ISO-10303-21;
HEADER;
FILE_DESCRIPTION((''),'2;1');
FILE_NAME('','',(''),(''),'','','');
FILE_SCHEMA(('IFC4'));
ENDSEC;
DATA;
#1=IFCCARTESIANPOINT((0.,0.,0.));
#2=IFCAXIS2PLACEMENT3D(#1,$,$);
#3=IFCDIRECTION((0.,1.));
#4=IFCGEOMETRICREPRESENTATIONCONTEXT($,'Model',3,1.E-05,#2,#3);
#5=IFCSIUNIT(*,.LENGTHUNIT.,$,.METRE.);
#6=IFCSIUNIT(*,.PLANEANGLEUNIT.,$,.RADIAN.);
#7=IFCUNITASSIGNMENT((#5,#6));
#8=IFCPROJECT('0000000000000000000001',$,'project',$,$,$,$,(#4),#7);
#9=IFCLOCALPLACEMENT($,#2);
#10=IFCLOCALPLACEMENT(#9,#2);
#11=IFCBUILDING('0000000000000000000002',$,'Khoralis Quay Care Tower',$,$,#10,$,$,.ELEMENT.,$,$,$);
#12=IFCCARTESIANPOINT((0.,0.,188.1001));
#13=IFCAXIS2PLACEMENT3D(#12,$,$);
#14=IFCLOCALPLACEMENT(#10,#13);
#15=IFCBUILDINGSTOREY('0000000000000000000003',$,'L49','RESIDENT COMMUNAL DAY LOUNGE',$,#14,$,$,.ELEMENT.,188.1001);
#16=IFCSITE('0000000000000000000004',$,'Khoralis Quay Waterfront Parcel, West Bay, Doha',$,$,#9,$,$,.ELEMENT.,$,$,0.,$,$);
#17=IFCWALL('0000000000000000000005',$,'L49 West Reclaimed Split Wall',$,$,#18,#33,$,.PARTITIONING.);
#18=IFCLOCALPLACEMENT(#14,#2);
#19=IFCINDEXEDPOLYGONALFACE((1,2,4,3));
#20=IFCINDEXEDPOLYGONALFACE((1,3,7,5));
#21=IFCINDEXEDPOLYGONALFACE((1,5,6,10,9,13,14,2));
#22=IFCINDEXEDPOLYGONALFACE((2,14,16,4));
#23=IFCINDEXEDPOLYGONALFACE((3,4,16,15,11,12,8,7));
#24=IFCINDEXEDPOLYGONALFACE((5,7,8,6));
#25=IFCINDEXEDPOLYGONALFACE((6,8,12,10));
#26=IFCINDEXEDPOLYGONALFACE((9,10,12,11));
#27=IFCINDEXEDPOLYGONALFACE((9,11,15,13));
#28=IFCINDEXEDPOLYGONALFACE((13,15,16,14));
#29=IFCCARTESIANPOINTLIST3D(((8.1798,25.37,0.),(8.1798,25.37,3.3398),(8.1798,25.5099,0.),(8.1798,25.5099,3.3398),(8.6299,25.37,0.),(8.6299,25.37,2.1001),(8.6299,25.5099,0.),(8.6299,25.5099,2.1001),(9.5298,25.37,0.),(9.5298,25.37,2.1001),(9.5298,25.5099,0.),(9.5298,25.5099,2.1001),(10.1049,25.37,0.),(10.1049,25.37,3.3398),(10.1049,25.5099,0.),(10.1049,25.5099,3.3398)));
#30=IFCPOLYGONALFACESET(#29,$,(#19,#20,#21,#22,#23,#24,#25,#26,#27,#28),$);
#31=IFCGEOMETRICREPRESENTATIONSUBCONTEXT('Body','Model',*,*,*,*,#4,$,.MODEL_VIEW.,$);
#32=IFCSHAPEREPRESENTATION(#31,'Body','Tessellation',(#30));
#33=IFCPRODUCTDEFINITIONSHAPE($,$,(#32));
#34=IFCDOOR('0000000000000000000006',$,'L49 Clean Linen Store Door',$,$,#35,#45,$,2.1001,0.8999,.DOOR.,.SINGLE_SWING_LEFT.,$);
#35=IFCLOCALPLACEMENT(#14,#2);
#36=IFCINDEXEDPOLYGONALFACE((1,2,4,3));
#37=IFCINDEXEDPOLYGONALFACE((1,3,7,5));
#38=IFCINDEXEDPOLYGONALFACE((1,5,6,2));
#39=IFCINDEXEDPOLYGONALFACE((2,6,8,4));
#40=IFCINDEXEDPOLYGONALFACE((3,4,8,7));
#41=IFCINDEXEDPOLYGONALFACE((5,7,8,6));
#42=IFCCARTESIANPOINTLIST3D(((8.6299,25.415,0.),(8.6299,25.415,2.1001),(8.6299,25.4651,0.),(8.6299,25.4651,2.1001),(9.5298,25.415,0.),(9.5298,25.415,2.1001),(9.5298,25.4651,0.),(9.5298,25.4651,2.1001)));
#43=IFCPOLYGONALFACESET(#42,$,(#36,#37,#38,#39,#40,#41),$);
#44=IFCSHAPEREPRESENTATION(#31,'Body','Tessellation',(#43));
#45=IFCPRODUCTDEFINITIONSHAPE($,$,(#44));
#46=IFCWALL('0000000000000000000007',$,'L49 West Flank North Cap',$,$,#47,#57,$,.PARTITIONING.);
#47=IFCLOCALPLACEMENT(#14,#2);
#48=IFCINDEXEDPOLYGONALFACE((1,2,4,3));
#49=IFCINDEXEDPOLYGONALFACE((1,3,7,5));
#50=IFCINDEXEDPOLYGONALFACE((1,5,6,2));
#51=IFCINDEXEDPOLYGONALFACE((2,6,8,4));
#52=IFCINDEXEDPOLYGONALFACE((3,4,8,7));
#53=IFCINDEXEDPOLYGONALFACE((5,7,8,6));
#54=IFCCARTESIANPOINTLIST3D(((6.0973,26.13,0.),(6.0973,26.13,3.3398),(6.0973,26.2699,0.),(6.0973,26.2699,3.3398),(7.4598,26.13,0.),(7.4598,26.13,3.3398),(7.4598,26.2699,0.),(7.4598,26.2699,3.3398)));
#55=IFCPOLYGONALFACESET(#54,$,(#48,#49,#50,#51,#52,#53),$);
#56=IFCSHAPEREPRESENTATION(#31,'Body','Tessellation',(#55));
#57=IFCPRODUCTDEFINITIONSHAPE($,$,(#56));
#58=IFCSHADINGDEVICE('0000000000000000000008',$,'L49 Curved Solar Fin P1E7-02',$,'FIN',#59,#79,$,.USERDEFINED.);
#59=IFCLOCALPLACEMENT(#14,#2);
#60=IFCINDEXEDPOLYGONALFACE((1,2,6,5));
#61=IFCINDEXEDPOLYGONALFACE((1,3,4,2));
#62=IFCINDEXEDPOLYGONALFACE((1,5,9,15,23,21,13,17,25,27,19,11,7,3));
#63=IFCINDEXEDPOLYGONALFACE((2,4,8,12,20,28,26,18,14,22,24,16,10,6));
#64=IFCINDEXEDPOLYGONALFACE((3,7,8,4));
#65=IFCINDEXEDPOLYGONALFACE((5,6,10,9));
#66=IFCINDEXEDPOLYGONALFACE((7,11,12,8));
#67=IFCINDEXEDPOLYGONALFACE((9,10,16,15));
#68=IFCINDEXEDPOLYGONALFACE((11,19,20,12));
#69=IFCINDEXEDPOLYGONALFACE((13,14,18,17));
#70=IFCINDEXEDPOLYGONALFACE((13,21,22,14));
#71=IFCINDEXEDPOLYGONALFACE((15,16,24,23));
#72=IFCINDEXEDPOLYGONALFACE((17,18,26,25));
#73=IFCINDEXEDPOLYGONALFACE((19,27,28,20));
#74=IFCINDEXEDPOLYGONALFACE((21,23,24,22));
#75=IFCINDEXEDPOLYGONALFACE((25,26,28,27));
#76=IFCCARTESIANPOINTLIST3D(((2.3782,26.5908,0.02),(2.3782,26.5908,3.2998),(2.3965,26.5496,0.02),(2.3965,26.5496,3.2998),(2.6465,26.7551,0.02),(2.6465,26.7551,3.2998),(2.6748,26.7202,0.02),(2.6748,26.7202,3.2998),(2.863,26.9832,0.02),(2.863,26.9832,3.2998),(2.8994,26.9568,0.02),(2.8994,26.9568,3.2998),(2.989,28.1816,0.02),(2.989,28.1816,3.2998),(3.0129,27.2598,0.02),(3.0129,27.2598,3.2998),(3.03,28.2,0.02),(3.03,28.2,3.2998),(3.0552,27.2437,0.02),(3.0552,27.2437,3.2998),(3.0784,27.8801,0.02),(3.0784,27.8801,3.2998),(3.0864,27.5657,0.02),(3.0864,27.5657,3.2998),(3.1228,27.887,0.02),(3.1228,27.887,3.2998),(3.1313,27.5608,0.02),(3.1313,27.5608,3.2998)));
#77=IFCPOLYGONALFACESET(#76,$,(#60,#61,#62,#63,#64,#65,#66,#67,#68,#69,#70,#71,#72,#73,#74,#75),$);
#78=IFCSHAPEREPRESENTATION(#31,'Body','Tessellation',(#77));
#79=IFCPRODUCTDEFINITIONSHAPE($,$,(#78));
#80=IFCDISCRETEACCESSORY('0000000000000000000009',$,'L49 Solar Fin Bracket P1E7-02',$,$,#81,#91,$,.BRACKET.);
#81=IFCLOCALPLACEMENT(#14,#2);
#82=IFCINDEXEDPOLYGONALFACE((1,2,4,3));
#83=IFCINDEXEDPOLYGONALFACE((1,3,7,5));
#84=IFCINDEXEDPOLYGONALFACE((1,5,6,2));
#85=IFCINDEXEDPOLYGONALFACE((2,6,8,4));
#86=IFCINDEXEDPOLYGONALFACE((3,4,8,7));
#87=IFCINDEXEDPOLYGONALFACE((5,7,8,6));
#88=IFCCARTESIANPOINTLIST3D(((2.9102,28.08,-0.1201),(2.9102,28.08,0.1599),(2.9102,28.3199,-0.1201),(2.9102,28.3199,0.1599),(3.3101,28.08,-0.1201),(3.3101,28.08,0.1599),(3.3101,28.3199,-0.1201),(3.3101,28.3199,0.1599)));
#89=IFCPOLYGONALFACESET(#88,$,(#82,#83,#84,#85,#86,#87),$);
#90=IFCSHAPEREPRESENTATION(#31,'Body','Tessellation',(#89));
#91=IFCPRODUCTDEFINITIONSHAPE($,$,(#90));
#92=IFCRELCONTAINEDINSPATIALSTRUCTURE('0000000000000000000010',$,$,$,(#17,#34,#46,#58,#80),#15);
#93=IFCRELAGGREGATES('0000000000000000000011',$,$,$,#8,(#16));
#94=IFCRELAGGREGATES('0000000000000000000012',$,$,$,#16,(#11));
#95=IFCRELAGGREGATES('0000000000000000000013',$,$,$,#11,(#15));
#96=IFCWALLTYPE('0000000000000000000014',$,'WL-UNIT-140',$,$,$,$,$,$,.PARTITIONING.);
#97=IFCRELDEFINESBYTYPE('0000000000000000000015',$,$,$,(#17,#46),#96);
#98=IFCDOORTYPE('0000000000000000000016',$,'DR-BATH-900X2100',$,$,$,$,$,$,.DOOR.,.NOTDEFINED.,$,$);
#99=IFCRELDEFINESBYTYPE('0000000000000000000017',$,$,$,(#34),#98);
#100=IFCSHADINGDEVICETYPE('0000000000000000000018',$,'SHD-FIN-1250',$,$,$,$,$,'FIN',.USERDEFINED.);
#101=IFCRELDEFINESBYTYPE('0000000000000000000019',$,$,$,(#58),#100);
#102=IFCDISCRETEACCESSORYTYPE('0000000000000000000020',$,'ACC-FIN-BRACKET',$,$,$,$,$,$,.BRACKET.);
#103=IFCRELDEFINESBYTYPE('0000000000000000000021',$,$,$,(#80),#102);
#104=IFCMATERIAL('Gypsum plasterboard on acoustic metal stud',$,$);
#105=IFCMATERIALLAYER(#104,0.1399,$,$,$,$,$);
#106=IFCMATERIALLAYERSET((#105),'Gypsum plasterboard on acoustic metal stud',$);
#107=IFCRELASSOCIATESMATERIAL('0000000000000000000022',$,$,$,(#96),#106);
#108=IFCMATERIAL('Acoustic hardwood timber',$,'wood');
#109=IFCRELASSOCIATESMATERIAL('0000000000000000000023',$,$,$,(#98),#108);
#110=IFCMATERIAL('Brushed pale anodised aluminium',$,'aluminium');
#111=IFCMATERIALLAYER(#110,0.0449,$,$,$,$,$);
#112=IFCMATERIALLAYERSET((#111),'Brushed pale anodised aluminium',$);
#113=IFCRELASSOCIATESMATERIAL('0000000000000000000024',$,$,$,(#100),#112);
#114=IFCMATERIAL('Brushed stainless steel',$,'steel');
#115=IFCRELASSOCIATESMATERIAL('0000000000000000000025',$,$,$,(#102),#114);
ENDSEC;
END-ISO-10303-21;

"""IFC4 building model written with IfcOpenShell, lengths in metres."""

from ifc_helpers import new_model, si_unit, direction, frame, frame_2d, origin, origin_2d, place, context, subcontext, project, spatial, polyline, rectangle, outline, extrude, source, transform, mapped, material, layer, layer_set, type_object, element, fill, save


model = new_model("IFC4")

# Units and contexts
model_context = context("Model", 3, precision=1e-05, world=origin(), true_north=direction((0.0, 1.0)))
body_context = subcontext(model_context, "Body", "Model", "MODEL_VIEW")
ifc_project = project(units=[si_unit("LENGTHUNIT", "METRE"), si_unit("PLANEANGLEUNIT", "RADIAN")], contexts=[model_context])

# Site, building, storey
site_placement = place(None, origin())
site = spatial("IfcSite", under=ifc_project, at=site_placement, Name="Khoralis Quay Waterfront Parcel, West Bay, Doha", CompositionType="ELEMENT", RefElevation=0.0)
building_placement = place(site_placement, origin())
building = spatial("IfcBuilding", under=site, at=building_placement, Name="Khoralis Quay Care Tower", CompositionType="ELEMENT")
storey_placement = place(building_placement, frame((0.0, 0.0, 188.1001)))
storey = spatial("IfcBuildingStorey", under=building, at=storey_placement, Name="L49", Description="RESIDENT COMMUNAL DAY LOUNGE", CompositionType="ELEMENT", Elevation=188.1001)

# Shared definitions
ifc_material_1 = material(Name="Brushed stainless steel", Category="steel")
ifc_material_2 = material(Name="Acoustic hardwood timber", Category="wood")

# Shared definitions
ifc_material_3 = material(Name="Gypsum plasterboard on acoustic metal stud")

# Wall, opening, door
ifc_layer_1 = layer(ifc_material_3, 0.1399)
ifc_layer_set_1 = layer_set([ifc_layer_1], Name="Gypsum plasterboard on acoustic metal stud")
wall_type_1 = type_object("IfcWallType", Name="WL-UNIT-140", PredefinedType="PARTITIONING", material=ifc_layer_set_1)
wall_1_placement = place(storey_placement, frame((8.1799, 25.4399, 0.0), z_axis=(0.0, 0.0, 1.0), x_axis=(1.0, 0.0, 0.0)))
wall_1 = element("IfcWall", 1, at=wall_1_placement, inside=storey, type_object=wall_type_1, Name="L49 West Reclaimed Split Wall", PredefinedType="PARTITIONING", context=body_context, shape_type="SweptSolid", body=[
    extrude(rectangle(XDim=1.925, YDim=0.1399, at=frame_2d((0.9624, 0.0))), origin(), (0.0, 0.0, 1.0), 3.3398),
])
opening_1_placement = place(wall_1_placement, frame((0.45, 0.0, 0.0)))
opening_1 = element("IfcOpeningElement", 2, at=opening_1_placement, cuts=wall_1, PredefinedType="OPENING", context=body_context, shape_type="SweptSolid", body=[
    extrude(rectangle(XDim=0.8999, YDim=2.1001, at=frame_2d((0.45, 1.05))), frame((0.0, 0.0801, 0.0), z_axis=(0.0, -1.0, 0.0), x_axis=(1.0, 0.0, 0.0)), (0.0, 0.0, 1.0), 0.1599),
])
door_type_1 = type_object("IfcDoorType", Name="DR-BATH-900X2100", OperationType="NOTDEFINED", PredefinedType="DOOR", material=ifc_material_2)
shared_shape_1 = source(origin(), body_context, "Body", "SweptSolid", [
    extrude(rectangle(XDim=0.8999, YDim=2.1001, at=frame_2d((0.45, 1.05))), frame((0.0, 0.0249, 0.0), z_axis=(0.0, -1.0, 0.0), x_axis=(1.0, 0.0, 0.0)), (0.0, 0.0, 1.0), 0.05),
])
door_1_placement = place(opening_1_placement, frame((0.8999, 0.0, 0.0), z_axis=(0.0, 0.0, 1.0), x_axis=(-1.0, 0.0, 0.0)))
door_1 = element("IfcDoor", 3, at=door_1_placement, inside=storey, type_object=door_type_1, Name="L49 Clean Linen Store Door", OperationType="SINGLE_SWING_LEFT", OverallHeight=2.1001, OverallWidth=0.8999, PredefinedType="DOOR", context=body_context, shape_type="MappedRepresentation", body=[
    mapped(shared_shape_1, transform((0.0, 0.0, 0.0), scale=1.0)),
])
fill(opening_1, door_1)

# Wall
wall_2_placement = place(storey_placement, frame((6.0974, 26.2, 0.0), z_axis=(0.0, 0.0, 1.0), x_axis=(1.0, 0.0, 0.0)))
element("IfcWall", 4, at=wall_2_placement, inside=storey, type_object=wall_type_1, Name="L49 West Flank North Cap", PredefinedType="PARTITIONING", context=body_context, shape_type="SweptSolid", body=[
    extrude(rectangle(XDim=1.3625, YDim=0.1399, at=frame_2d((0.6812, 0.0))), origin(), (0.0, 0.0, 1.0), 3.3398),
])

# Shading device
ifc_material_4 = material(Name="Brushed pale anodised aluminium", Category="aluminium")
ifc_layer_2 = layer(ifc_material_4, 0.0449)
ifc_layer_set_2 = layer_set([ifc_layer_2], Name="Brushed pale anodised aluminium")
shading_device_type = type_object("IfcShadingDeviceType", Name="SHD-FIN-1250", ElementType="FIN", PredefinedType="USERDEFINED", material=ifc_layer_set_2)
shared_shape_2 = source(origin(), body_context, "Body", "SweptSolid", [
    extrude(outline(polyline([(0.0, 0.0), (-0.0928, 0.313), (-0.1013, 0.6392), (-0.0251, 0.9563), (0.1306, 1.2432), (0.3552, 1.4797), (0.6335, 1.6504), (0.6519, 1.6091), (0.3835, 1.4448), (0.167, 1.2168), (0.0171, 0.9402), (-0.0564, 0.6343), (-0.0483, 0.3198), (0.041, 0.0183), (0.0, 0.0)])), origin(), (0.0, 0.0, 1.0), 3.2798),
])
shading_device_placement = place(storey_placement, frame((3.03, 28.2, 0.02), z_axis=(0.0, 0.0, 1.0), x_axis=(-1.0, 0.0, 0.0)))
element("IfcShadingDevice", 5, at=shading_device_placement, inside=storey, type_object=shading_device_type, Name="L49 Curved Solar Fin P1E7-02", ObjectType="FIN", PredefinedType="USERDEFINED", context=body_context, shape_type="MappedRepresentation", body=[
    mapped(shared_shape_2, transform((0.0, 0.0, 0.0), scale=1.0)),
])

# Discrete accessory
discrete_accessory_type = type_object("IfcDiscreteAccessoryType", Name="ACC-FIN-BRACKET", PredefinedType="BRACKET", material=ifc_material_1)
shared_shape_3 = source(origin(), body_context, "Body", "SweptSolid", [
    extrude(rectangle(XDim=0.3999, YDim=0.24, at=origin_2d()), origin(), (0.0, 0.0, 1.0), 0.28),
])
discrete_accessory_placement = place(storey_placement, frame((3.1101, 28.2, -0.1201), z_axis=(0.0, 0.0, 1.0), x_axis=(-1.0, 0.0, 0.0)))
element("IfcDiscreteAccessory", 6, at=discrete_accessory_placement, inside=storey, type_object=discrete_accessory_type, Name="L49 Solar Fin Bracket P1E7-02", PredefinedType="BRACKET", context=body_context, shape_type="MappedRepresentation", body=[
    mapped(shared_shape_3, transform((0.0, 0.0, 0.0), scale=1.0)),
])

save(model, "model.ifc")
